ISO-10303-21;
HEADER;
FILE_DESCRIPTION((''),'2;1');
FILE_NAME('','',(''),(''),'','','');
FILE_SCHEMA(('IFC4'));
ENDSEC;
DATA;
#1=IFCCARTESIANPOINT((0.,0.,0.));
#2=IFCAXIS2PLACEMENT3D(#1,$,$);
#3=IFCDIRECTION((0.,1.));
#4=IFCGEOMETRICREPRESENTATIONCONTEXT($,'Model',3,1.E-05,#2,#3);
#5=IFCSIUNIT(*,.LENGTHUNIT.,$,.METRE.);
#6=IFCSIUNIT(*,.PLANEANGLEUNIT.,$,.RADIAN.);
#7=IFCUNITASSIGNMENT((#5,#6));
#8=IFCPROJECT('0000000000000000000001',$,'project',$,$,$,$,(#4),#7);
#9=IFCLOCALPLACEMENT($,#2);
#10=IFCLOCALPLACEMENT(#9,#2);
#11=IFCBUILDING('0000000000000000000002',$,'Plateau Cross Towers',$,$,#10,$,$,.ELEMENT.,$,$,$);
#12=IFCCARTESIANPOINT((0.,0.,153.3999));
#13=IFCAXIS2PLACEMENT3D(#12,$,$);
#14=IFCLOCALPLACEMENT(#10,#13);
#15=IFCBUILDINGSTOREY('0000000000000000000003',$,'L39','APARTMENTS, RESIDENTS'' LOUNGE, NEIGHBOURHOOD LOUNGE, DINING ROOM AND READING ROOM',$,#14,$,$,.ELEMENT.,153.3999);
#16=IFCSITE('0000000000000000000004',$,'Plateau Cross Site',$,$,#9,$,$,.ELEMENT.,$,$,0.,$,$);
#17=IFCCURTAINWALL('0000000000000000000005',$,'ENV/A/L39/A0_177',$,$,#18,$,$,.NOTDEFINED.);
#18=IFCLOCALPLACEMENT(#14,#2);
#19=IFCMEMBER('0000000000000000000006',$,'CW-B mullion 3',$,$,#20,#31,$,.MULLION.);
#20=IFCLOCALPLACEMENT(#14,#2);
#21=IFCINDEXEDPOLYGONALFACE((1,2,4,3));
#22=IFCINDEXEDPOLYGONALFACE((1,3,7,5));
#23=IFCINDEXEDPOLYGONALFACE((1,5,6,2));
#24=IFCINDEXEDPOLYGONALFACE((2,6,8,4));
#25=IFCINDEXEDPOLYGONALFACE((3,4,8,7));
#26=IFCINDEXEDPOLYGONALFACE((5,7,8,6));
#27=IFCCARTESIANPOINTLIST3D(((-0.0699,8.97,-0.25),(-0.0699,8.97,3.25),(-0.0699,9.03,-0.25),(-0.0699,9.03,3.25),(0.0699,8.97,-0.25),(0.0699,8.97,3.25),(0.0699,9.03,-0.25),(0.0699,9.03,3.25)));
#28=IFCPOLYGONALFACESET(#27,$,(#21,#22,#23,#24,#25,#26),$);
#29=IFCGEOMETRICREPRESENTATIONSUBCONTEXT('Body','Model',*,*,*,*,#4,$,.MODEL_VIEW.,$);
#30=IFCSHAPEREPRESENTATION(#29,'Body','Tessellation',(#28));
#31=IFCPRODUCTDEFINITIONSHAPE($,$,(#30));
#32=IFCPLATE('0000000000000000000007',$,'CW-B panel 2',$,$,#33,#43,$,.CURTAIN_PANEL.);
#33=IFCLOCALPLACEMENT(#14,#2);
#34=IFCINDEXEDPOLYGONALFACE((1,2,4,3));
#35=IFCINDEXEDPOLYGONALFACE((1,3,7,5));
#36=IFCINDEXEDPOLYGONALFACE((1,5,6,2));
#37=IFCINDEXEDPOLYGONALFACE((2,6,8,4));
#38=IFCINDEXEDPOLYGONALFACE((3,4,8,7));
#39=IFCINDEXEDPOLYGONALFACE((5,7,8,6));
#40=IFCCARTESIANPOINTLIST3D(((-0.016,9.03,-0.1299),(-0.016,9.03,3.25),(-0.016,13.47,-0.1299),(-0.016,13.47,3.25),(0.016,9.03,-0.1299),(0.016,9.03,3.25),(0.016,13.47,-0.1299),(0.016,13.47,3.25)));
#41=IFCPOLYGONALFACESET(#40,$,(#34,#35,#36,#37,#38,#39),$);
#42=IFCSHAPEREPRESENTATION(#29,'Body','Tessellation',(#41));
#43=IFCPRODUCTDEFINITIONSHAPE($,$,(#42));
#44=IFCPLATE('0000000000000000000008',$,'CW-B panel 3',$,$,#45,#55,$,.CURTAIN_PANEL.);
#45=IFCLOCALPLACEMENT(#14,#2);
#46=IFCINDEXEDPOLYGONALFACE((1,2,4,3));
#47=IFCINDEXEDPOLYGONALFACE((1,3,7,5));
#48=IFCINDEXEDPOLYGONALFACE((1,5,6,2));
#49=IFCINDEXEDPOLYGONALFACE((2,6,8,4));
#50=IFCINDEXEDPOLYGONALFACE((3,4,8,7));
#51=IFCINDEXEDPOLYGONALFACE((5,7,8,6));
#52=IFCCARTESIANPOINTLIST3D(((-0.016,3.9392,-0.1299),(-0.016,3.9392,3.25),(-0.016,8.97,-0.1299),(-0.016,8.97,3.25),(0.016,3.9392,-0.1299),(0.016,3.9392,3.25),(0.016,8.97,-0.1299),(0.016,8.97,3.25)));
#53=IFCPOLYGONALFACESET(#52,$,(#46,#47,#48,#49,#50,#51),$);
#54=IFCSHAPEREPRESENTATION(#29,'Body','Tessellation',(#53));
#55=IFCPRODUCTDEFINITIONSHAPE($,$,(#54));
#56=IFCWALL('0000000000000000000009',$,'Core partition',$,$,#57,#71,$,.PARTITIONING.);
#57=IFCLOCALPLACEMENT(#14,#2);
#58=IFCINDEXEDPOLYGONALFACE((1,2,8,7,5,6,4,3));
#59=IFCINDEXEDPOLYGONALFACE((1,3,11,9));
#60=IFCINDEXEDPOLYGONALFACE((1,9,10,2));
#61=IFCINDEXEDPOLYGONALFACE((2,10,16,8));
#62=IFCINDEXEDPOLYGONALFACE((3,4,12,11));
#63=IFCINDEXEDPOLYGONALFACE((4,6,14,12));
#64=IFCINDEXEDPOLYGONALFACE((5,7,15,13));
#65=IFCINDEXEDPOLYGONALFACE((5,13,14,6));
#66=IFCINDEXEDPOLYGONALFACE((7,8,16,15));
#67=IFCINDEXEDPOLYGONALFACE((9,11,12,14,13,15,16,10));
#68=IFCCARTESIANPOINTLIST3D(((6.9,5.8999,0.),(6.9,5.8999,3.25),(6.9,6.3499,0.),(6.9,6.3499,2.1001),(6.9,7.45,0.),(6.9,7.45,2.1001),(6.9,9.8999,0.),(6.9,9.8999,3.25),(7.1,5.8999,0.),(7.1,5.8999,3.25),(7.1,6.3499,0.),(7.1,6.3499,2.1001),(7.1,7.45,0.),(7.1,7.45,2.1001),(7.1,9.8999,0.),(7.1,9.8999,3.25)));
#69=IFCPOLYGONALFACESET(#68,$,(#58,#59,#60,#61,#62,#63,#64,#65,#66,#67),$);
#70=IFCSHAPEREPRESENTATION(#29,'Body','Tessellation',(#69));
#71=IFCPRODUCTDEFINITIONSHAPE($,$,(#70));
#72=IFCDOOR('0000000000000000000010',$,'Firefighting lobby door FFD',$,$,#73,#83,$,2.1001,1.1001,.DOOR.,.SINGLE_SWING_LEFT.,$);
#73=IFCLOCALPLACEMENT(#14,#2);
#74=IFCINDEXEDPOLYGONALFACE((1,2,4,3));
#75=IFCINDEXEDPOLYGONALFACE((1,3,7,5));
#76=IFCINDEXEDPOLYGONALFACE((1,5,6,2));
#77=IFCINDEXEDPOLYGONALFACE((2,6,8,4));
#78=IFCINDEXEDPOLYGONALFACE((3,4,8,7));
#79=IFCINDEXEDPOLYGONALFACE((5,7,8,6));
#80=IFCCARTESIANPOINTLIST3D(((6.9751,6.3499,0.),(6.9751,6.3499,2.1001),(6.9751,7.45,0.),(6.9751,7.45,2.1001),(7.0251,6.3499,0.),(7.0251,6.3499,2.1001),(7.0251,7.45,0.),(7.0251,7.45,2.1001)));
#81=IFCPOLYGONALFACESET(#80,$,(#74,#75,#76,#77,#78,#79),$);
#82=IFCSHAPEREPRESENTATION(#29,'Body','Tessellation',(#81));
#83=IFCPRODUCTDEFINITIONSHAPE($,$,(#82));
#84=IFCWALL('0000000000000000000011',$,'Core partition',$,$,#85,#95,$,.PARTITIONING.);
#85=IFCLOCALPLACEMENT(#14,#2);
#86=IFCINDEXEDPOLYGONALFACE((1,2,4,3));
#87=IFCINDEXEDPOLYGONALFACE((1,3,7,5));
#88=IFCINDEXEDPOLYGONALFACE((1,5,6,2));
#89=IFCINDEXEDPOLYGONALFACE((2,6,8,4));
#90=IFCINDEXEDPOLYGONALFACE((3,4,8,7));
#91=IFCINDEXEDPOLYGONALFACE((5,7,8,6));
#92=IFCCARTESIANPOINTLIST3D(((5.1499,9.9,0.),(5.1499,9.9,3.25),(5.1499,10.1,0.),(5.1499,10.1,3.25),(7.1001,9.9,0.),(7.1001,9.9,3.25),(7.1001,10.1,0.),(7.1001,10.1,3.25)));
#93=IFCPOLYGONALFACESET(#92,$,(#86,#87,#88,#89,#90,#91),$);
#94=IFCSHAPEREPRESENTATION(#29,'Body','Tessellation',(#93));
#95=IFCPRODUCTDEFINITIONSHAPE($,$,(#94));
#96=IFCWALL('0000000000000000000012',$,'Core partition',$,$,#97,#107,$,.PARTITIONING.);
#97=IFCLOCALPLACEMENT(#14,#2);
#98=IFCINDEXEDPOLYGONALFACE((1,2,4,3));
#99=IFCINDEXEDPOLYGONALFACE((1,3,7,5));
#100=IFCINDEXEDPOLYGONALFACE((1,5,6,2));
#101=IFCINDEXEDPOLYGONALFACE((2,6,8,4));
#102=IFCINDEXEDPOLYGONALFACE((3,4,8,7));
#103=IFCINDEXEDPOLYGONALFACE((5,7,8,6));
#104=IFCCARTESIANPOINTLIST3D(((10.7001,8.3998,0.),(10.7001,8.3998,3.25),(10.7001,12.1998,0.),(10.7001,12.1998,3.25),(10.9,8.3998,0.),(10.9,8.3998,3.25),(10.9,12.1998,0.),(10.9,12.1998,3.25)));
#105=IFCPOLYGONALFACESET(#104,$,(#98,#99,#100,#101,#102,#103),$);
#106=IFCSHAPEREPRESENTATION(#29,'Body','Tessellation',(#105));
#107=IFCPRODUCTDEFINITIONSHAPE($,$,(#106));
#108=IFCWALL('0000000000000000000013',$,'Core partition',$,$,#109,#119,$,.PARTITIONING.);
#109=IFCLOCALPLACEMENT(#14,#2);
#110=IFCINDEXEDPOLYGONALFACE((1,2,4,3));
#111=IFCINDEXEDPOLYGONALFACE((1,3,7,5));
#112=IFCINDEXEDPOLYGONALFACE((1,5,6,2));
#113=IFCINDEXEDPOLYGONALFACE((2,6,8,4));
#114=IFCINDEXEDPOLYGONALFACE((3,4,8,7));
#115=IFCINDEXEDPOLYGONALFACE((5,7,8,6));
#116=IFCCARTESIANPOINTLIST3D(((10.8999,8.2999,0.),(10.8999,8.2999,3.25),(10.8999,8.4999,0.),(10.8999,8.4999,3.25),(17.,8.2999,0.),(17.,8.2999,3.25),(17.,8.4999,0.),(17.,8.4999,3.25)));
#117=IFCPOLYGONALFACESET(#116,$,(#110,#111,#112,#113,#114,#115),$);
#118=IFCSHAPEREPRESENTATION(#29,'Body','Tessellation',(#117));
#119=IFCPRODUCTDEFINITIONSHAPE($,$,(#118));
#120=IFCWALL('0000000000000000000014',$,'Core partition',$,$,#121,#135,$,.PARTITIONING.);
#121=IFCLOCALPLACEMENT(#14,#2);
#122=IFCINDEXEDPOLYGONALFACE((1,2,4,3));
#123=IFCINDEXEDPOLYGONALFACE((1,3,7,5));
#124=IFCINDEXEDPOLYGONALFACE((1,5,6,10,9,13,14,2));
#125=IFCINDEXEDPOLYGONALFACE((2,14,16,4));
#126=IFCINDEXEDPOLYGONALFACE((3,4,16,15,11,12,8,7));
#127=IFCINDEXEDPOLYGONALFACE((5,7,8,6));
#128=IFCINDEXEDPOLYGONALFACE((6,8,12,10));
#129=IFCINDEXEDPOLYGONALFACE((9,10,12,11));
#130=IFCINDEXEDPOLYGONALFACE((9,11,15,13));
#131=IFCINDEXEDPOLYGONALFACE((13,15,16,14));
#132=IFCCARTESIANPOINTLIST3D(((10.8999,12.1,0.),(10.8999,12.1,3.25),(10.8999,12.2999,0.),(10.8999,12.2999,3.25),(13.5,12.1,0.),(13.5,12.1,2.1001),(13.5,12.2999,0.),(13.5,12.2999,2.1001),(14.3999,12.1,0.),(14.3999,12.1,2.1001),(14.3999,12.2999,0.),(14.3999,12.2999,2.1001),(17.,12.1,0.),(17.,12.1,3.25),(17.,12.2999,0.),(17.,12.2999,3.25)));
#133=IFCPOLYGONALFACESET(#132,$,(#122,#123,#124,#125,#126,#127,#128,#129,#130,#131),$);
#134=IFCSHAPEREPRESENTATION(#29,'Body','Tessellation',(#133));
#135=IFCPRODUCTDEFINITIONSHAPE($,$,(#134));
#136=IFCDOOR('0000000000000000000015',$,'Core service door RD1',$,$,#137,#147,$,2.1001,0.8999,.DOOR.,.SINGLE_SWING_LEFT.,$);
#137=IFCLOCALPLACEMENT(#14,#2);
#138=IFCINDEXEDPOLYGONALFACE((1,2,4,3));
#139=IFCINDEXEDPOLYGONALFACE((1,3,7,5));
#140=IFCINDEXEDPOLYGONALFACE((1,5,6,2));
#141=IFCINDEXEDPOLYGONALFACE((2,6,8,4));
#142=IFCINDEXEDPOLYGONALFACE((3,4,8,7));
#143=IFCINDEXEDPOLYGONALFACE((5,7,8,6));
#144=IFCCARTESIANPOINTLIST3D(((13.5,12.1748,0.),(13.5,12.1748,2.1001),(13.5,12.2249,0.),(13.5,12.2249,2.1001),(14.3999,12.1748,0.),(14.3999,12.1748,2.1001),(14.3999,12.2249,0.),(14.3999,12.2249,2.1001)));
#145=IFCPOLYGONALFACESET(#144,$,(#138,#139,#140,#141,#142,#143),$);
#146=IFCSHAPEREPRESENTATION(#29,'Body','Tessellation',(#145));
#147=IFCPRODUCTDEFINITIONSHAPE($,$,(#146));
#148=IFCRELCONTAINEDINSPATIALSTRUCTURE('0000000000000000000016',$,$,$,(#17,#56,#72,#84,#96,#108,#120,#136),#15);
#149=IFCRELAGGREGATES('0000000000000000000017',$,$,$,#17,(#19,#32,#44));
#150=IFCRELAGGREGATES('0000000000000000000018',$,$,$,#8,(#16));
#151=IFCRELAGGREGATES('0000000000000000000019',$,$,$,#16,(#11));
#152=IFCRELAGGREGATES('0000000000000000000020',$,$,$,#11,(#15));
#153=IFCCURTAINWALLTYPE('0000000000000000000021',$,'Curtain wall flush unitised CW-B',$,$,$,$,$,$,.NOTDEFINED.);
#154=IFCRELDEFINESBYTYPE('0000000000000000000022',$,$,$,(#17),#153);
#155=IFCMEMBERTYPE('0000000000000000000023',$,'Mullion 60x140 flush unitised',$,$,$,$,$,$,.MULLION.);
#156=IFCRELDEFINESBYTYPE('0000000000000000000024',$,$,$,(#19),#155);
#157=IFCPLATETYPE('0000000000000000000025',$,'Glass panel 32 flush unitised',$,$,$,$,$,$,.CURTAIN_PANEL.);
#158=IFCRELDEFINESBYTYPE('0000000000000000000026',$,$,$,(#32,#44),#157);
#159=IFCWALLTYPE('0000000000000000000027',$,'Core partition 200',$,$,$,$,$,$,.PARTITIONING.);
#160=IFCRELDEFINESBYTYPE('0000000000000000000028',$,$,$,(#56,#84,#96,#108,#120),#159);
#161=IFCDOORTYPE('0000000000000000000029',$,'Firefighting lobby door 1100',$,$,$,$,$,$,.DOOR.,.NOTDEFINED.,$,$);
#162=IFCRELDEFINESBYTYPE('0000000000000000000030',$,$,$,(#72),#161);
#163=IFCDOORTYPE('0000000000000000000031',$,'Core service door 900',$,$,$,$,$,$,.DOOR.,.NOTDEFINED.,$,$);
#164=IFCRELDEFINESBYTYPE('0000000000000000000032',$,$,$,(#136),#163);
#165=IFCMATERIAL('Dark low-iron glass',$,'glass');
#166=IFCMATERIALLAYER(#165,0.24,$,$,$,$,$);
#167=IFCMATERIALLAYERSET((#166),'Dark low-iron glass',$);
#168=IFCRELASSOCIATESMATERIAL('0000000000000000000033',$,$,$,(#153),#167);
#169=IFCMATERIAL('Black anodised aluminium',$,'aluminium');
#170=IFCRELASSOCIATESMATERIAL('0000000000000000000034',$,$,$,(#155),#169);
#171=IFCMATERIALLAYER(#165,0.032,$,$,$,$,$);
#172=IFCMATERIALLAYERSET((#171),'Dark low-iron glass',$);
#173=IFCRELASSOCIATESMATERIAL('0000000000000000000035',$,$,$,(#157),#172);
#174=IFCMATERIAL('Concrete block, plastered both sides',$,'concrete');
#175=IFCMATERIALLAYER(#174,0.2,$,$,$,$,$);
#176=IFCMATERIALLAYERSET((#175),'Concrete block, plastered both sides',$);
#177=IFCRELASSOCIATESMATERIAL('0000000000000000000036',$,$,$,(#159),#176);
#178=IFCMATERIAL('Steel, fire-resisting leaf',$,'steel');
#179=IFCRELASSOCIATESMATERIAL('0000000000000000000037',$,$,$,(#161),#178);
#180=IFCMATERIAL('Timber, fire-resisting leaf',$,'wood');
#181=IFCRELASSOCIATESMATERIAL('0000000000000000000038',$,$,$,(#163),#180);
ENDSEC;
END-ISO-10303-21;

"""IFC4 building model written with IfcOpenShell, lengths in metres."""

from ifc_helpers import new_model, si_unit, direction, frame, frame_2d, origin, origin_2d, place, context, subcontext, project, spatial, rectangle, extrude, material, layer, layer_set, material_profile, profile_set, type_object, element, fill, aggregate, save


model = new_model("IFC4")

# Units and contexts
model_context = context("Model", 3, precision=1e-05, world=origin(), true_north=direction((0.0, 1.0)))
body_context = subcontext(model_context, "Body", "Model", "MODEL_VIEW")
ifc_project = project(units=[si_unit("LENGTHUNIT", "METRE"), si_unit("PLANEANGLEUNIT", "RADIAN")], contexts=[model_context])

# Site, building, storey
site_placement = place(None, origin())
site = spatial("IfcSite", under=ifc_project, at=site_placement, Name="Plateau Cross Site", CompositionType="ELEMENT", RefElevation=0.0)
building_placement = place(site_placement, origin())
building = spatial("IfcBuilding", under=site, at=building_placement, Name="Plateau Cross Towers", CompositionType="ELEMENT")
storey_placement = place(building_placement, frame((0.0, 0.0, 153.3999)))
storey = spatial("IfcBuildingStorey", under=building, at=storey_placement, Name="L39", Description="APARTMENTS, RESIDENTS' LOUNGE, NEIGHBOURHOOD LOUNGE, DINING ROOM AND READING ROOM", CompositionType="ELEMENT", Elevation=153.3999)

# Curtain wall, member, plates
ifc_material_1 = material(Name="Dark low-iron glass", Category="glass")
ifc_layer_1 = layer(ifc_material_1, 0.24)
ifc_layer_set_1 = layer_set([ifc_layer_1], Name="Dark low-iron glass")
curtain_wall_type = type_object("IfcCurtainWallType", Name="Curtain wall flush unitised CW-B", PredefinedType="NOTDEFINED", material=ifc_layer_set_1)
curtain_wall_placement = place(storey_placement, origin())
curtain_wall = element("IfcCurtainWall", 1, at=curtain_wall_placement, inside=storey, type_object=curtain_wall_type, Name="ENV/A/L39/A0_177", PredefinedType="NOTDEFINED")
ifc_material_2 = material(Name="Black anodised aluminium", Category="aluminium")
ifc_material_profile = material_profile(ifc_material_2, rectangle(XDim=0.0601, YDim=0.1399, at=origin_2d()), Name="MULLION 60x140")
ifc_profile_set = profile_set([ifc_material_profile], Name="Black anodised aluminium")
member_type = type_object("IfcMemberType", Name="Mullion 60x140 flush unitised", PredefinedType="MULLION", material=ifc_profile_set)
member_placement = place(storey_placement, frame((0.0, 9.0, -0.25), z_axis=(0.0, 0.0, 1.0), x_axis=(0.0, -1.0, 0.0)))
member = element("IfcMember", 2, at=member_placement, type_object=member_type, Name="CW-B mullion 3", PredefinedType="MULLION", context=body_context, shape_type="SweptSolid", body=[
    extrude(rectangle(XDim=0.0601, YDim=0.1399, at=origin_2d()), origin(), (0.0, 0.0, 1.0), 3.5),
])
ifc_layer_2 = layer(ifc_material_1, 0.032)
ifc_layer_set_2 = layer_set([ifc_layer_2], Name="Dark low-iron glass")
plate_type = type_object("IfcPlateType", Name="Glass panel 32 flush unitised", PredefinedType="CURTAIN_PANEL", material=ifc_layer_set_2)
plate_1_placement = place(storey_placement, frame((0.0, 11.25, -0.1299), z_axis=(0.0, 0.0, 1.0), x_axis=(0.0, -1.0, 0.0)))
plate_1 = element("IfcPlate", 3, at=plate_1_placement, type_object=plate_type, Name="CW-B panel 2", PredefinedType="CURTAIN_PANEL", context=body_context, shape_type="SweptSolid", body=[
    extrude(rectangle(XDim=4.4399, YDim=0.032, at=origin_2d()), origin(), (0.0, 0.0, 1.0), 3.3799),
])
plate_2_placement = place(storey_placement, frame((0.0, 6.4546, -0.1299), z_axis=(0.0, 0.0, 1.0), x_axis=(0.0, -1.0, 0.0)))
plate_2 = element("IfcPlate", 4, at=plate_2_placement, type_object=plate_type, Name="CW-B panel 3", PredefinedType="CURTAIN_PANEL", context=body_context, shape_type="SweptSolid", body=[
    extrude(rectangle(XDim=5.0308, YDim=0.032, at=origin_2d()), origin(), (0.0, 0.0, 1.0), 3.3799),
])
aggregate(curtain_wall, [member, plate_1, plate_2])

# Wall, opening, door
ifc_material_3 = material(Name="Concrete block, plastered both sides", Category="concrete")
ifc_layer_3 = layer(ifc_material_3, 0.2)
ifc_layer_set_3 = layer_set([ifc_layer_3], Name="Concrete block, plastered both sides")
wall_type_1 = type_object("IfcWallType", Name="Core partition 200", PredefinedType="PARTITIONING", material=ifc_layer_set_3)
wall_1_placement = place(storey_placement, frame((7.0, 5.8999, 0.0), z_axis=(0.0, 0.0, 1.0), x_axis=(0.0, 1.0, 0.0)))
wall_1 = element("IfcWall", 5, at=wall_1_placement, inside=storey, type_object=wall_type_1, Name="Core partition", PredefinedType="PARTITIONING", context=body_context, shape_type="SweptSolid", body=[
    extrude(rectangle(XDim=4.0, YDim=0.2, at=frame_2d((2.0, 0.0))), origin(), (0.0, 0.0, 1.0), 3.25),
])
opening_1_placement = place(wall_1_placement, frame((0.45, 0.0, 0.0)))
opening_1 = element("IfcOpeningElement", 6, at=opening_1_placement, cuts=wall_1, PredefinedType="OPENING", context=body_context, shape_type="SweptSolid", body=[
    extrude(rectangle(XDim=1.1001, YDim=2.1001, at=frame_2d((0.55, 1.05))), frame((0.0, 0.1099, 0.0), z_axis=(0.0, -1.0, 0.0), x_axis=(1.0, 0.0, 0.0)), (0.0, 0.0, 1.0), 0.22),
])
ifc_material_4 = material(Name="Steel, fire-resisting leaf", Category="steel")
door_type_1 = type_object("IfcDoorType", Name="Firefighting lobby door 1100", OperationType="NOTDEFINED", PredefinedType="DOOR", material=ifc_material_4)
door_1_placement = place(opening_1_placement, origin())
door_1 = element("IfcDoor", 7, at=door_1_placement, inside=storey, type_object=door_type_1, Name="Firefighting lobby door FFD", OperationType="SINGLE_SWING_LEFT", OverallHeight=2.1001, OverallWidth=1.1001, PredefinedType="DOOR", context=body_context, shape_type="SweptSolid", body=[
    extrude(rectangle(XDim=1.1001, YDim=2.1001, at=frame_2d((0.55, 1.05))), frame((0.0, 0.0249, 0.0), z_axis=(0.0, -1.0, 0.0), x_axis=(1.0, 0.0, 0.0)), (0.0, 0.0, 1.0), 0.05),
])
fill(opening_1, door_1)

# Walls
wall_2_placement = place(storey_placement, frame((5.1499, 10.0, 0.0), z_axis=(0.0, 0.0, 1.0), x_axis=(1.0, 0.0, 0.0)))
element("IfcWall", 8, at=wall_2_placement, inside=storey, type_object=wall_type_1, Name="Core partition", PredefinedType="PARTITIONING", context=body_context, shape_type="SweptSolid", body=[
    extrude(rectangle(XDim=1.9502, YDim=0.2, at=frame_2d((0.9751, 0.0))), origin(), (0.0, 0.0, 1.0), 3.25),
])
wall_3_placement = place(storey_placement, frame((10.8, 8.3999, 0.0), z_axis=(0.0, 0.0, 1.0), x_axis=(0.0, 1.0, 0.0)))
element("IfcWall", 9, at=wall_3_placement, inside=storey, type_object=wall_type_1, Name="Core partition", PredefinedType="PARTITIONING", context=body_context, shape_type="SweptSolid", body=[
    extrude(rectangle(XDim=3.8, YDim=0.2, at=frame_2d((1.8999, 0.0))), origin(), (0.0, 0.0, 1.0), 3.25),
])
wall_4_placement = place(storey_placement, frame((10.8999, 8.3999, 0.0), z_axis=(0.0, 0.0, 1.0), x_axis=(1.0, 0.0, 0.0)))
element("IfcWall", 10, at=wall_4_placement, inside=storey, type_object=wall_type_1, Name="Core partition", PredefinedType="PARTITIONING", context=body_context, shape_type="SweptSolid", body=[
    extrude(rectangle(XDim=6.1001, YDim=0.2, at=frame_2d((3.05, 0.0))), origin(), (0.0, 0.0, 1.0), 3.25),
])

# Wall, opening, door
wall_5_placement = place(storey_placement, frame((10.8999, 12.2, 0.0), z_axis=(0.0, 0.0, 1.0), x_axis=(1.0, 0.0, 0.0)))
wall_5 = element("IfcWall", 11, at=wall_5_placement, inside=storey, type_object=wall_type_1, Name="Core partition", PredefinedType="PARTITIONING", context=body_context, shape_type="SweptSolid", body=[
    extrude(rectangle(XDim=6.1001, YDim=0.2, at=frame_2d((3.05, 0.0))), origin(), (0.0, 0.0, 1.0), 3.25),
])
opening_2_placement = place(wall_5_placement, frame((2.6001, 0.0, 0.0)))
opening_2 = element("IfcOpeningElement", 12, at=opening_2_placement, cuts=wall_5, PredefinedType="OPENING", context=body_context, shape_type="SweptSolid", body=[
    extrude(rectangle(XDim=0.8999, YDim=2.1001, at=frame_2d((0.45, 1.05))), frame((0.0, 0.1099, 0.0), z_axis=(0.0, -1.0, 0.0), x_axis=(1.0, 0.0, 0.0)), (0.0, 0.0, 1.0), 0.22),
])
ifc_material_5 = material(Name="Timber, fire-resisting leaf", Category="wood")
door_type_2 = type_object("IfcDoorType", Name="Core service door 900", OperationType="NOTDEFINED", PredefinedType="DOOR", material=ifc_material_5)
door_2_placement = place(opening_2_placement, origin())
door_2 = element("IfcDoor", 13, at=door_2_placement, inside=storey, type_object=door_type_2, Name="Core service door RD1", OperationType="SINGLE_SWING_LEFT", OverallHeight=2.1001, OverallWidth=0.8999, PredefinedType="DOOR", context=body_context, shape_type="SweptSolid", body=[
    extrude(rectangle(XDim=0.8999, YDim=2.1001, at=frame_2d((0.45, 1.05))), frame((0.0, 0.0249, 0.0), z_axis=(0.0, -1.0, 0.0), x_axis=(1.0, 0.0, 0.0)), (0.0, 0.0, 1.0), 0.05),
])
fill(opening_2, door_2)

save(model, "model.ifc")
